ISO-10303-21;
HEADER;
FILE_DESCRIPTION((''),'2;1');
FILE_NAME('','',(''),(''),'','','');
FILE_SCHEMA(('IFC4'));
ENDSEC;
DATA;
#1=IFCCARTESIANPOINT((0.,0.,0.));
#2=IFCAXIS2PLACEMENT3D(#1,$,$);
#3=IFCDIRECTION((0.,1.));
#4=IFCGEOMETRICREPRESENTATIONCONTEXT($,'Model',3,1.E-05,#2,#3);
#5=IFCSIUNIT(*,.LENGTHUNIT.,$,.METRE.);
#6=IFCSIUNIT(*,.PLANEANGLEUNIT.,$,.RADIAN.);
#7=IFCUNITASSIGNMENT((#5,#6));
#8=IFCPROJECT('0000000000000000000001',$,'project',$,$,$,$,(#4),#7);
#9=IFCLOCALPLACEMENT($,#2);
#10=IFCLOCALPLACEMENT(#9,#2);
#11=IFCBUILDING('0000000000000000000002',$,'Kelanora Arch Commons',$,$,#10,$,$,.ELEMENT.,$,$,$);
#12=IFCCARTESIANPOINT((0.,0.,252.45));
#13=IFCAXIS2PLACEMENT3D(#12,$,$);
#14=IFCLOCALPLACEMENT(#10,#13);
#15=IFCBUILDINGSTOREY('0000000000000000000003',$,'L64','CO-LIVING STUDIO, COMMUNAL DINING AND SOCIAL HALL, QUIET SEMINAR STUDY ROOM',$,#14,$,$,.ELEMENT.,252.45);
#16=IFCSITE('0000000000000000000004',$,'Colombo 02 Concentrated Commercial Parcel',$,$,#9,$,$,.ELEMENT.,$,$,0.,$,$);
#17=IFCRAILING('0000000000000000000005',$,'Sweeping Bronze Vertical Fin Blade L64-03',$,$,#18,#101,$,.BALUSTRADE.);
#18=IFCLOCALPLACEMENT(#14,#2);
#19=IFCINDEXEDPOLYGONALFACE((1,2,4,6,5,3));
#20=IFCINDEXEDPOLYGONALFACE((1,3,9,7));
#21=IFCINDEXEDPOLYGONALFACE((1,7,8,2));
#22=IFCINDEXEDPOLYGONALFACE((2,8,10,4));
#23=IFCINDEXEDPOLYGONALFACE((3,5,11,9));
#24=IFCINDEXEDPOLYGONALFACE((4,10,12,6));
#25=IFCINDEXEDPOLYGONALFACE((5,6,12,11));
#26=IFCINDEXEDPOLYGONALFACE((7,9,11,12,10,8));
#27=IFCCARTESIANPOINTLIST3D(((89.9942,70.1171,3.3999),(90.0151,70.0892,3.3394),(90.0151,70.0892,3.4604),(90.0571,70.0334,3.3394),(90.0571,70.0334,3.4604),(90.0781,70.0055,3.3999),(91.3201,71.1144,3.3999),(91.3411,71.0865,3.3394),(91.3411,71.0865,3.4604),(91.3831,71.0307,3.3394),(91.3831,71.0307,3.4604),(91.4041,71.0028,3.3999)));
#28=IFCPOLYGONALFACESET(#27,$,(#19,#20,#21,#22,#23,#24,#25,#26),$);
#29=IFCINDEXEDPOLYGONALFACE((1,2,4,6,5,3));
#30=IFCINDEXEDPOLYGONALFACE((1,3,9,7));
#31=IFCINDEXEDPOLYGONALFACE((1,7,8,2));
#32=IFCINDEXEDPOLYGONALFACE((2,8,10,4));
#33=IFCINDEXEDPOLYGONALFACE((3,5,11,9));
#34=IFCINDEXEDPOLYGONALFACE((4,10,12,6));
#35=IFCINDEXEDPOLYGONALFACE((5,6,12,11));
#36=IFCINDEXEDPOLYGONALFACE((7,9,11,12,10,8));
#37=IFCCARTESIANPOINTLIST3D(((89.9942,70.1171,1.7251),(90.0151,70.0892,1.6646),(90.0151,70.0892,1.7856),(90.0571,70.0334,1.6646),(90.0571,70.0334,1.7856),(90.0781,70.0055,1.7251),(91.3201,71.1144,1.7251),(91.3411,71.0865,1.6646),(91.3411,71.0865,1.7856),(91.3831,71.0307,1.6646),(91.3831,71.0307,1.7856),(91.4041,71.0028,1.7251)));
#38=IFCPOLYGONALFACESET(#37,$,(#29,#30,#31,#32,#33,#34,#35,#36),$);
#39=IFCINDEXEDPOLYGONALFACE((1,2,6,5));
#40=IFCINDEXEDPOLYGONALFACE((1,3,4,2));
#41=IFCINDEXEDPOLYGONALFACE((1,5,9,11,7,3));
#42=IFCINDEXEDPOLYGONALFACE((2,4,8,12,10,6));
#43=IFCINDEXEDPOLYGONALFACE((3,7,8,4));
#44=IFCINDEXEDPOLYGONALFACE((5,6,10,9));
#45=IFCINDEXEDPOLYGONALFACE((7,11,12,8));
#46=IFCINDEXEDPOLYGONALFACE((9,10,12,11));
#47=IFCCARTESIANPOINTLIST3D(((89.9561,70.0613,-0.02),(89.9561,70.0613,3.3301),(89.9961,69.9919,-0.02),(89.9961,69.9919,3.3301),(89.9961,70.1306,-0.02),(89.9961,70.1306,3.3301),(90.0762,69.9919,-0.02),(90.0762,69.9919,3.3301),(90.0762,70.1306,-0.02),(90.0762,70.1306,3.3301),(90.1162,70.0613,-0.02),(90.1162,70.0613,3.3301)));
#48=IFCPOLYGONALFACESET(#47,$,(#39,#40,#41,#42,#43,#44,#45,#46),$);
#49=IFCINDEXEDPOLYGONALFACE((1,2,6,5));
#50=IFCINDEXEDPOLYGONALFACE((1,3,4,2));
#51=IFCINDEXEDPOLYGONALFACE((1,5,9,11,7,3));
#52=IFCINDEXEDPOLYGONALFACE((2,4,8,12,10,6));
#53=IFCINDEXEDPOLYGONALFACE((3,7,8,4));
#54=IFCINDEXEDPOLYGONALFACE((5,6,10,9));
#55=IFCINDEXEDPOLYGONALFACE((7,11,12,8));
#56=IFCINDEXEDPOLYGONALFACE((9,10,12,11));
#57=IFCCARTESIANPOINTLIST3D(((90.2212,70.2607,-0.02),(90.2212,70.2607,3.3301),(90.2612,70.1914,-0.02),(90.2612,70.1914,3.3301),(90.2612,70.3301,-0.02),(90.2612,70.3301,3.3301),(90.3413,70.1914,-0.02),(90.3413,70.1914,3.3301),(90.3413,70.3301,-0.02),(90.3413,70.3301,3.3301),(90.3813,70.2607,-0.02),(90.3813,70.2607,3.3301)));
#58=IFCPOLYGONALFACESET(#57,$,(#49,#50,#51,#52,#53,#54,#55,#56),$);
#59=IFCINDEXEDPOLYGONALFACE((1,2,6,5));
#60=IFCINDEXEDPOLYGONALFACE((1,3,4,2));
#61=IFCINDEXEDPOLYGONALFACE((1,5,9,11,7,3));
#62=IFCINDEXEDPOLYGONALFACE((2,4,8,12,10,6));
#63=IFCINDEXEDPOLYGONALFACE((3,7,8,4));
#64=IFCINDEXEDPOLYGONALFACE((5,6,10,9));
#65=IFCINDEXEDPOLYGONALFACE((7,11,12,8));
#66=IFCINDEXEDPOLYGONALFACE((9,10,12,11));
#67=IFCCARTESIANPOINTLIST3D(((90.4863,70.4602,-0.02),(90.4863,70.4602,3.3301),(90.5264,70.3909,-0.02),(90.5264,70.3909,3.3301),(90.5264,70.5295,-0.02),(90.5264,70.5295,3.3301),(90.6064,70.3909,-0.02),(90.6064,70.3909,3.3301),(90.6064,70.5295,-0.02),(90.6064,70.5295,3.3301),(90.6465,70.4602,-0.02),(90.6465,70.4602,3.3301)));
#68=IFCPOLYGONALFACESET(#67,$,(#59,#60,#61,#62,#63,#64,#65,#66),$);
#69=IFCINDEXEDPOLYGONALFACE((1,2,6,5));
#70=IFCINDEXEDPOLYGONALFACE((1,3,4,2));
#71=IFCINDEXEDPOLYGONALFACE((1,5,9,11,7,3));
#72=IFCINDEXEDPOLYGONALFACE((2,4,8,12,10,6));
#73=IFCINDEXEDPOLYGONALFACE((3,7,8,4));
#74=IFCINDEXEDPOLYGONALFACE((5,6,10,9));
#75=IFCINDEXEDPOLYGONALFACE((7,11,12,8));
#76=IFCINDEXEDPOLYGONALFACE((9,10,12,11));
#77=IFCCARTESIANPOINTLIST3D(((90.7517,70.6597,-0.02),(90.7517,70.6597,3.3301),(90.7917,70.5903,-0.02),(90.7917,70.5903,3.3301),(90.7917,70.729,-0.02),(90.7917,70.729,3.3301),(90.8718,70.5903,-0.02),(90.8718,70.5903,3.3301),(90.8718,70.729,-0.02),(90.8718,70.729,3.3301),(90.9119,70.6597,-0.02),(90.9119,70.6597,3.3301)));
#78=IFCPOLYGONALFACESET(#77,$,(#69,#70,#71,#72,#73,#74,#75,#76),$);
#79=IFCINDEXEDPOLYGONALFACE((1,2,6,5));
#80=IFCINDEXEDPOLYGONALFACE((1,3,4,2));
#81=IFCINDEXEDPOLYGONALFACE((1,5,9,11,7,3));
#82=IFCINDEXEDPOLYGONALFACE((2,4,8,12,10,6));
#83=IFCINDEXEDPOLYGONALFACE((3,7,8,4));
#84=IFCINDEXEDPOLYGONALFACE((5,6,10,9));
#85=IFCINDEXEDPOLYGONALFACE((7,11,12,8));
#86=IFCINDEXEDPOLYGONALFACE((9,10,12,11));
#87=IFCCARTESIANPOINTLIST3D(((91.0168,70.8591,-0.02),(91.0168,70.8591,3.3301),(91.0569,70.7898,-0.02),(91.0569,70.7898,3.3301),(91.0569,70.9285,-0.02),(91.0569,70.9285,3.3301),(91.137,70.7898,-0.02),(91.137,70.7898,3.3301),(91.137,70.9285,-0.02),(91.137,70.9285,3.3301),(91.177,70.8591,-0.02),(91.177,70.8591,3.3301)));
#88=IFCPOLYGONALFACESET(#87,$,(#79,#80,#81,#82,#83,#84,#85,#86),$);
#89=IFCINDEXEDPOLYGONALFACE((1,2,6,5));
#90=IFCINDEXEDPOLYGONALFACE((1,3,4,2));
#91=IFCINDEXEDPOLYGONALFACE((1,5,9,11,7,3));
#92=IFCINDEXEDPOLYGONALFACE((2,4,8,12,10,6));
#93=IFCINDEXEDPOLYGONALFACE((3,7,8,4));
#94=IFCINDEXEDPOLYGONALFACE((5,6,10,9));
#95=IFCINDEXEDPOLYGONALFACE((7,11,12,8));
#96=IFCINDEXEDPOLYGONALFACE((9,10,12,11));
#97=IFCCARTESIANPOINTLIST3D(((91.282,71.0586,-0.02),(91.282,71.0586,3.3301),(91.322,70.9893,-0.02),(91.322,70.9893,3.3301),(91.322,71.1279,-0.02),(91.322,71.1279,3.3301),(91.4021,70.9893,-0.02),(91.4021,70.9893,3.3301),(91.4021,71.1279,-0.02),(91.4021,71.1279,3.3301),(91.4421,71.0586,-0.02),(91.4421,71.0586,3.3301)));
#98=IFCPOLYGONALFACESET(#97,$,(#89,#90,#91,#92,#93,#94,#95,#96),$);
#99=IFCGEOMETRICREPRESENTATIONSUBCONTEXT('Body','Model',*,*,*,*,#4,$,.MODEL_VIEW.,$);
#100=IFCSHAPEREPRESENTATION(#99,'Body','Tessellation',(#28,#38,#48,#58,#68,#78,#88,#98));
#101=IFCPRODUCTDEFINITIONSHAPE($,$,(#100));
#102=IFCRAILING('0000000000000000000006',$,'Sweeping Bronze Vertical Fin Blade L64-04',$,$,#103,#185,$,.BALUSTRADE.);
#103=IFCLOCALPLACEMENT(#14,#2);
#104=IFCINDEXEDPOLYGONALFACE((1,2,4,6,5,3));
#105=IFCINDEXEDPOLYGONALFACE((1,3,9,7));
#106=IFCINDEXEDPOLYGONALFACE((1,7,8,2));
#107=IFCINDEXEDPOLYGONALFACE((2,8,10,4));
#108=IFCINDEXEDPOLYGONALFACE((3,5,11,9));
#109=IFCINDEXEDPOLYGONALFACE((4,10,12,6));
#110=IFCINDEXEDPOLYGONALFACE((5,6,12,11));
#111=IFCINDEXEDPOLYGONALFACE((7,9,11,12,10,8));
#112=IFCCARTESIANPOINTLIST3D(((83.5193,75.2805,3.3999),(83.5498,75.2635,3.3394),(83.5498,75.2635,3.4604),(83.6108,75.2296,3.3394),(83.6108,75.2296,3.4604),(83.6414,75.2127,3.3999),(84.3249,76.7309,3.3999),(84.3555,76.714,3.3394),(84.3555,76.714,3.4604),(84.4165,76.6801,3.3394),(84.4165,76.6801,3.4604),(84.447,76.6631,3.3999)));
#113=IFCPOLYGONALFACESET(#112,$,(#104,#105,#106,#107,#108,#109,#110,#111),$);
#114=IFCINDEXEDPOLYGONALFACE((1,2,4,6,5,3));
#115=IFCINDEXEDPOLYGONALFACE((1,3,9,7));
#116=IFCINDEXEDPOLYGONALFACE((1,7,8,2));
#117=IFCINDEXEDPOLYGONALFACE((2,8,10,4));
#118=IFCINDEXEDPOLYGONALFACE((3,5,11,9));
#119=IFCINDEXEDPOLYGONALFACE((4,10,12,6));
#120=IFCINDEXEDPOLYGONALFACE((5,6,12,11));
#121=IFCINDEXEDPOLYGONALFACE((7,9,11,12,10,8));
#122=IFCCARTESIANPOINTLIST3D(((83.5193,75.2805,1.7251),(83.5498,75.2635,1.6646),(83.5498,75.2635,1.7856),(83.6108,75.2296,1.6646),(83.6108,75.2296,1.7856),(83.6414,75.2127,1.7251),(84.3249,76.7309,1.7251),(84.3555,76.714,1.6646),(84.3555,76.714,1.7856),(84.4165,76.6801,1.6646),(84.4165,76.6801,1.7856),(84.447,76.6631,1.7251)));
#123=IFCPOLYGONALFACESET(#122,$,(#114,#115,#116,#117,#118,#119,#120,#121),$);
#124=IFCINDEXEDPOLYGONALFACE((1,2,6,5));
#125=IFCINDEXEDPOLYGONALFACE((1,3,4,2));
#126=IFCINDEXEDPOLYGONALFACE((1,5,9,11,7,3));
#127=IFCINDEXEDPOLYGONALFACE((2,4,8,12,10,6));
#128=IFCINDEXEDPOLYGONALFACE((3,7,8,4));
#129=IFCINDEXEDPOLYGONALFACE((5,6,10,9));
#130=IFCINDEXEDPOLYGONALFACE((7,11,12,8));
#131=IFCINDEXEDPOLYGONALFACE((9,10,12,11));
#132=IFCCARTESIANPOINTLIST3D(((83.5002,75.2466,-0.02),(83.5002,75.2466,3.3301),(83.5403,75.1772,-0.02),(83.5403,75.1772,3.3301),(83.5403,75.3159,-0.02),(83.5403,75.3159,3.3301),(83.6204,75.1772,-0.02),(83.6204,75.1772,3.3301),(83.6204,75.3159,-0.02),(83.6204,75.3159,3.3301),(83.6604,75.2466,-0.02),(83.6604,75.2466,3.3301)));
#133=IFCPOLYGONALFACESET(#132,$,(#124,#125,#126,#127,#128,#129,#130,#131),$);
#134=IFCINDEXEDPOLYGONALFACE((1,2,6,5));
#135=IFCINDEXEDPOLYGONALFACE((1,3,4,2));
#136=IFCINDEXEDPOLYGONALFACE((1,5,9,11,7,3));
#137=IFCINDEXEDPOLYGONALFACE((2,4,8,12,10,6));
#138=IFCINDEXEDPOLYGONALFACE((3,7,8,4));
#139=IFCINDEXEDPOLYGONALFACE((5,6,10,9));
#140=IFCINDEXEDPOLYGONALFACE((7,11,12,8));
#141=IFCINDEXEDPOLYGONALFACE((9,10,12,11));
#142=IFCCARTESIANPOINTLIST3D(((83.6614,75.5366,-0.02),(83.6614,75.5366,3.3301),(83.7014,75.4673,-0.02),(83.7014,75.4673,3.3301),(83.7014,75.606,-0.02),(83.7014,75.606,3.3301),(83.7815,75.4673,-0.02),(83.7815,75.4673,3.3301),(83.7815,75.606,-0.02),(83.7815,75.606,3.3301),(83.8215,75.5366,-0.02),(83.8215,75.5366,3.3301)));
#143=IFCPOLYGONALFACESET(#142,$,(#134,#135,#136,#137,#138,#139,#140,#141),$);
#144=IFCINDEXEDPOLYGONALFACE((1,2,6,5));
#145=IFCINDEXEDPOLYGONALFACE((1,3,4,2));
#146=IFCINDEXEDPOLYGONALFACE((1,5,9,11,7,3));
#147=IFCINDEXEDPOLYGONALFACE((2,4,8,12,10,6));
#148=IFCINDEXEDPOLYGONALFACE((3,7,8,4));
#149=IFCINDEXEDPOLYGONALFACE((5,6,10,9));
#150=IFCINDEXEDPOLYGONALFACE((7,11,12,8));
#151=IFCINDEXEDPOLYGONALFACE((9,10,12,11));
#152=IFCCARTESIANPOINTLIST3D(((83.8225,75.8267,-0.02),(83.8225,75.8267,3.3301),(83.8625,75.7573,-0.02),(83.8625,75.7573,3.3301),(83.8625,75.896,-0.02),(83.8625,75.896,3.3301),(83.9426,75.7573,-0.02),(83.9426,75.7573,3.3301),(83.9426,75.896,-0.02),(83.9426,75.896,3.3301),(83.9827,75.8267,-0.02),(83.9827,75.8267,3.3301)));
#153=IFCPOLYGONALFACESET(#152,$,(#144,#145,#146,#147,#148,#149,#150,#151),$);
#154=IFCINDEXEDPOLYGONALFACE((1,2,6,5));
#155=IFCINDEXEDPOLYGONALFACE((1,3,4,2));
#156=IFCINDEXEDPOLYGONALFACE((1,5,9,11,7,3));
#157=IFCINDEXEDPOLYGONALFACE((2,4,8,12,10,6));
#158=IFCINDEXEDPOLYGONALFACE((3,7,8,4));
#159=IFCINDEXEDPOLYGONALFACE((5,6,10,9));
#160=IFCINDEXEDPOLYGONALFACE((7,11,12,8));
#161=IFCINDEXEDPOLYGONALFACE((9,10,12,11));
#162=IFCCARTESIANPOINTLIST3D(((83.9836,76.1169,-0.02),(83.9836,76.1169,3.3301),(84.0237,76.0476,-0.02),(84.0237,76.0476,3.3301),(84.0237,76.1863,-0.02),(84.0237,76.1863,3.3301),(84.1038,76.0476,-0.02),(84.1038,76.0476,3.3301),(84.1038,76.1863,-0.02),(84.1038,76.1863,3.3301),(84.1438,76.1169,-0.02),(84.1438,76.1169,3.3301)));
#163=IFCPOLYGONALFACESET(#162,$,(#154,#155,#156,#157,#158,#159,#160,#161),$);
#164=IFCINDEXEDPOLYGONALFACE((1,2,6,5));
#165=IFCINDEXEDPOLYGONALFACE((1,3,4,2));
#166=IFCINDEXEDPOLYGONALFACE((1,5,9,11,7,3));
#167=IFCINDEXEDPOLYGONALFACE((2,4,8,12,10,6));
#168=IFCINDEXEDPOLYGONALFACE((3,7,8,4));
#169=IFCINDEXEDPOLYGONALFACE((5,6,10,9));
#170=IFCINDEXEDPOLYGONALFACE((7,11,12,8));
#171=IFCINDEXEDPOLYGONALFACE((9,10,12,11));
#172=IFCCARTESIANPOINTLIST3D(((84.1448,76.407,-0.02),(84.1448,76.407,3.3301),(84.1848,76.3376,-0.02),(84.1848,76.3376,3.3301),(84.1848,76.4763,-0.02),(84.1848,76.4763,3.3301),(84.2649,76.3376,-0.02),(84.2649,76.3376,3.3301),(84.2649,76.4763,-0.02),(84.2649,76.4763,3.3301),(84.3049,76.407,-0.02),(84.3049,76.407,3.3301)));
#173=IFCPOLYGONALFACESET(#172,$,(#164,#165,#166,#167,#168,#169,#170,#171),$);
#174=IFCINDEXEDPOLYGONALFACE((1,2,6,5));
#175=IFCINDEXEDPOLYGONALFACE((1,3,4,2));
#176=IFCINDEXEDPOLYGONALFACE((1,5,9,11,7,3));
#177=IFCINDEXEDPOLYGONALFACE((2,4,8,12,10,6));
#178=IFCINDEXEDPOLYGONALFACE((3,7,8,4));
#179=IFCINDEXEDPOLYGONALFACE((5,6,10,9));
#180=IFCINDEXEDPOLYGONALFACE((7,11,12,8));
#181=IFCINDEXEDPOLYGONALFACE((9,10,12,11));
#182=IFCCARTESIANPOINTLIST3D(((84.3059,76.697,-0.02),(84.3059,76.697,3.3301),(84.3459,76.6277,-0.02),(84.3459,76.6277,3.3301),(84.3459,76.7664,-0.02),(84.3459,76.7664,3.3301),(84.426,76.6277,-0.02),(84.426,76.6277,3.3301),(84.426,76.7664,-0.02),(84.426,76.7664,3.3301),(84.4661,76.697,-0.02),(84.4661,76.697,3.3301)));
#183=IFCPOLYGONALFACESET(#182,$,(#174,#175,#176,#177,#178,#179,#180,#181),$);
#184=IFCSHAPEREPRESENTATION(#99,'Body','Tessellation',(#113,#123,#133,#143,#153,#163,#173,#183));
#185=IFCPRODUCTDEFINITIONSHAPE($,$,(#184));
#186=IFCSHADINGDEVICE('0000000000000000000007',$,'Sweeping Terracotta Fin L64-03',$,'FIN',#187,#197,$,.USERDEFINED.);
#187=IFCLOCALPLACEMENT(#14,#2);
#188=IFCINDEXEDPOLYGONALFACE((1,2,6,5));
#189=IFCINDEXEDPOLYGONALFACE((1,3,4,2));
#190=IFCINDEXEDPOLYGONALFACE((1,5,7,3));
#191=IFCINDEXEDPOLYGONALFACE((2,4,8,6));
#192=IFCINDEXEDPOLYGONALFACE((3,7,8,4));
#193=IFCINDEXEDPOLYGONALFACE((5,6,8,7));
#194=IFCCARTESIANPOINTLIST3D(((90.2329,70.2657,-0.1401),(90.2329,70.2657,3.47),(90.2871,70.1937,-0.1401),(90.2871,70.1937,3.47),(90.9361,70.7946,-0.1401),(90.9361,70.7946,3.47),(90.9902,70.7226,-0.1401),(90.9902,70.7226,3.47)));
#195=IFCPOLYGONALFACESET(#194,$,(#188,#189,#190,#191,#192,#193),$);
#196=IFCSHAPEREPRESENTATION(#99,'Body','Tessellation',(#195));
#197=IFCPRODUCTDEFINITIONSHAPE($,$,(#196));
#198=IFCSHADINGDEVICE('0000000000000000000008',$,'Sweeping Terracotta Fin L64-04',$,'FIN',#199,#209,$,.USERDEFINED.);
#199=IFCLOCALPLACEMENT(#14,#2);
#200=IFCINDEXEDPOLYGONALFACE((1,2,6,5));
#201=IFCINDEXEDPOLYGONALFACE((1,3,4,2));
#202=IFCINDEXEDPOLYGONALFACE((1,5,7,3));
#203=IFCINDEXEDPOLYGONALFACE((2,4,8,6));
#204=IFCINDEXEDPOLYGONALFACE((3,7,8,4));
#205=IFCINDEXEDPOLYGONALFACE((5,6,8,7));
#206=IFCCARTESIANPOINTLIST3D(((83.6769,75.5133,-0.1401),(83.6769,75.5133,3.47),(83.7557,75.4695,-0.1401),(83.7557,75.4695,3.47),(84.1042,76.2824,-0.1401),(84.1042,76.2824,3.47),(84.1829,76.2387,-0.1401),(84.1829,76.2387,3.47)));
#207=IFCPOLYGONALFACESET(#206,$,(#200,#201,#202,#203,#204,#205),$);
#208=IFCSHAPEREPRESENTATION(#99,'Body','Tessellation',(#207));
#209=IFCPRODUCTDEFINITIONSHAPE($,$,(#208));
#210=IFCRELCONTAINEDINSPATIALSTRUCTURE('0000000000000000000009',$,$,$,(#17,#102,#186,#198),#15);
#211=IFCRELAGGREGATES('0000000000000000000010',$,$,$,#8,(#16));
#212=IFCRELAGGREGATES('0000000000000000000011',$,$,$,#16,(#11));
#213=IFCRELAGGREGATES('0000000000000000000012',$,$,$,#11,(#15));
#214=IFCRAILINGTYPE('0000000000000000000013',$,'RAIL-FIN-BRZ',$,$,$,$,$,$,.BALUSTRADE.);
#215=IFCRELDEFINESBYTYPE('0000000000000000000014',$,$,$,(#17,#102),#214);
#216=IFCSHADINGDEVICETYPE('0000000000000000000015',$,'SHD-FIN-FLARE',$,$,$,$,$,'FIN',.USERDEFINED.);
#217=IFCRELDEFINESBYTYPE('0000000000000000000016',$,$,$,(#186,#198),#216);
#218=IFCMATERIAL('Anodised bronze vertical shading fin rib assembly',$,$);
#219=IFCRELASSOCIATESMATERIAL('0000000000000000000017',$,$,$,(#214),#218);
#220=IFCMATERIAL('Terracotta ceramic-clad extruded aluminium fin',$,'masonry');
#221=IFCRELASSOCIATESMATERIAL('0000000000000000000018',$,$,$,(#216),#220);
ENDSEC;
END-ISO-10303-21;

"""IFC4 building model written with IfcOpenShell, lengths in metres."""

from ifc_helpers import new_model, si_unit, direction, frame, origin, origin_2d, place, context, subcontext, project, spatial, polyline, rectangle, outline, extrude, source, transform, mapped, material, type_object, element, save


model = new_model("IFC4")

# Units and contexts
model_context = context("Model", 3, precision=1e-05, world=origin(), true_north=direction((0.0, 1.0)))
body_context = subcontext(model_context, "Body", "Model", "MODEL_VIEW")
ifc_project = project(units=[si_unit("LENGTHUNIT", "METRE"), si_unit("PLANEANGLEUNIT", "RADIAN")], contexts=[model_context])

# Site, building, storey
site_placement = place(None, origin())
site = spatial("IfcSite", under=ifc_project, at=site_placement, Name="Colombo 02 Concentrated Commercial Parcel", CompositionType="ELEMENT", RefElevation=0.0)
building_placement = place(site_placement, origin())
building = spatial("IfcBuilding", under=site, at=building_placement, Name="Kelanora Arch Commons", CompositionType="ELEMENT")
storey_placement = place(building_placement, frame((0.0, 0.0, 252.45)))
storey = spatial("IfcBuildingStorey", under=building, at=storey_placement, Name="L64", Description="CO-LIVING STUDIO, COMMUNAL DINING AND SOCIAL HALL, QUIET SEMINAR STUDY ROOM", CompositionType="ELEMENT", Elevation=252.45)

# Railings
ifc_material_1 = material(Name="Anodised bronze vertical shading fin rib assembly")
railing_type = type_object("IfcRailingType", Name="RAIL-FIN-BRZ", PredefinedType="BALUSTRADE", material=ifc_material_1)
railing_1_placement = place(storey_placement, frame((90.0361, 70.0613, -0.02)))
element("IfcRailing", 1, at=railing_1_placement, inside=storey, type_object=railing_type, Name="Sweeping Bronze Vertical Fin Blade L64-03", PredefinedType="BALUSTRADE", context=body_context, shape_type="SweptSolid", body=[
    extrude(outline(polyline([(0.0698, 0.0), (0.0349, 0.0605), (-0.0349, 0.0605), (-0.0698, 0.0), (-0.0349, -0.0605), (0.0349, -0.0605), (0.0698, 0.0)])), frame((0.0, 0.0, 3.4199), z_axis=(0.799169, 0.601106, 0.0), x_axis=(-0.601106, 0.799169, 0.0)), (0.0, 0.0, 1.0), 1.6592),
    extrude(outline(polyline([(0.0698, 0.0), (0.0349, 0.0605), (-0.0349, 0.0605), (-0.0698, 0.0), (-0.0349, -0.0605), (0.0349, -0.0605), (0.0698, 0.0)])), frame((0.0, 0.0, 1.7451), z_axis=(0.799169, 0.601106, 0.0), x_axis=(-0.601106, 0.799169, 0.0)), (0.0, 0.0, 1.0), 1.6592),
    extrude(outline(polyline([(0.0801, 0.0), (0.04, 0.0693), (-0.04, 0.0693), (-0.0801, 0.0), (-0.04, -0.0693), (0.04, -0.0693), (0.0801, 0.0)])), origin(), (0.0, 0.0, 1.0), 3.3501),
    extrude(outline(polyline([(0.0801, 0.0), (0.04, 0.0693), (-0.04, 0.0693), (-0.0801, 0.0), (-0.04, -0.0693), (0.04, -0.0693), (0.0801, 0.0)])), frame((0.2651, 0.1995, 0.0)), (0.0, 0.0, 1.0), 3.3501),
    extrude(outline(polyline([(0.0801, 0.0), (0.04, 0.0693), (-0.04, 0.0693), (-0.0801, 0.0), (-0.04, -0.0693), (0.04, -0.0693), (0.0801, 0.0)])), frame((0.5303, 0.3989, 0.0)), (0.0, 0.0, 1.0), 3.3501),
    extrude(outline(polyline([(0.0801, 0.0), (0.04, 0.0693), (-0.04, 0.0693), (-0.0801, 0.0), (-0.04, -0.0693), (0.04, -0.0693), (0.0801, 0.0)])), frame((0.7957, 0.5984, 0.0)), (0.0, 0.0, 1.0), 3.3501),
    extrude(outline(polyline([(0.0801, 0.0), (0.04, 0.0693), (-0.04, 0.0693), (-0.0801, 0.0), (-0.04, -0.0693), (0.04, -0.0693), (0.0801, 0.0)])), frame((1.0608, 0.7979, 0.0)), (0.0, 0.0, 1.0), 3.3501),
    extrude(outline(polyline([(0.0801, 0.0), (0.04, 0.0693), (-0.04, 0.0693), (-0.0801, 0.0), (-0.04, -0.0693), (0.04, -0.0693), (0.0801, 0.0)])), frame((1.3259, 0.9973, 0.0)), (0.0, 0.0, 1.0), 3.3501),
])
railing_2_placement = place(storey_placement, frame((83.5803, 75.2466, -0.02)))
element("IfcRailing", 2, at=railing_2_placement, inside=storey, type_object=railing_type, Name="Sweeping Bronze Vertical Fin Blade L64-04", PredefinedType="BALUSTRADE", context=body_context, shape_type="SweptSolid", body=[
    extrude(outline(polyline([(0.0698, 0.0), (0.0349, 0.0605), (-0.0349, 0.0605), (-0.0698, 0.0), (-0.0349, -0.0605), (0.0349, -0.0605), (0.0698, 0.0)])), frame((0.0, 0.0, 3.4199), z_axis=(0.48558, 0.874192, 0.0), x_axis=(-0.874192, 0.48558, 0.0)), (0.0, 0.0, 1.0), 1.6592),
    extrude(outline(polyline([(0.0698, 0.0), (0.0349, 0.0605), (-0.0349, 0.0605), (-0.0698, 0.0), (-0.0349, -0.0605), (0.0349, -0.0605), (0.0698, 0.0)])), frame((0.0, 0.0, 1.7451), z_axis=(0.48558, 0.874192, 0.0), x_axis=(-0.874192, 0.48558, 0.0)), (0.0, 0.0, 1.0), 1.6592),
    extrude(outline(polyline([(0.0801, 0.0), (0.04, 0.0693), (-0.04, 0.0693), (-0.0801, 0.0), (-0.04, -0.0693), (0.04, -0.0693), (0.0801, 0.0)])), origin(), (0.0, 0.0, 1.0), 3.3501),
    extrude(outline(polyline([(0.0801, 0.0), (0.04, 0.0693), (-0.04, 0.0693), (-0.0801, 0.0), (-0.04, -0.0693), (0.04, -0.0693), (0.0801, 0.0)])), frame((0.1611, 0.29, 0.0)), (0.0, 0.0, 1.0), 3.3501),
    extrude(outline(polyline([(0.0801, 0.0), (0.04, 0.0693), (-0.04, 0.0693), (-0.0801, 0.0), (-0.04, -0.0693), (0.04, -0.0693), (0.0801, 0.0)])), frame((0.3223, 0.5801, 0.0)), (0.0, 0.0, 1.0), 3.3501),
    extrude(outline(polyline([(0.0801, 0.0), (0.04, 0.0693), (-0.04, 0.0693), (-0.0801, 0.0), (-0.04, -0.0693), (0.04, -0.0693), (0.0801, 0.0)])), frame((0.4834, 0.8704, 0.0)), (0.0, 0.0, 1.0), 3.3501),
    extrude(outline(polyline([(0.0801, 0.0), (0.04, 0.0693), (-0.04, 0.0693), (-0.0801, 0.0), (-0.04, -0.0693), (0.04, -0.0693), (0.0801, 0.0)])), frame((0.6445, 1.1604, 0.0)), (0.0, 0.0, 1.0), 3.3501),
    extrude(outline(polyline([(0.0801, 0.0), (0.04, 0.0693), (-0.04, 0.0693), (-0.0801, 0.0), (-0.04, -0.0693), (0.04, -0.0693), (0.0801, 0.0)])), frame((0.8057, 1.4504, 0.0)), (0.0, 0.0, 1.0), 3.3501),
])

# Shading devices
ifc_material_2 = material(Name="Terracotta ceramic-clad extruded aluminium fin", Category="masonry")
shading_device_type = type_object("IfcShadingDeviceType", Name="SHD-FIN-FLARE", ElementType="FIN", PredefinedType="USERDEFINED", material=ifc_material_2)
shared_shape_1 = source(origin(), body_context, "Body", "SweptSolid", [
    extrude(rectangle(XDim=0.8799, YDim=0.0901, at=origin_2d()), origin(), (0.0, 0.0, 1.0), 3.6101),
])
for number, where, z_axis, x_axis, name in (
    (3, (90.6116, 70.4941, -0.1401), (0.0, 0.0, 1.0), (0.79916, 0.601118, 0.0), "Sweeping Terracotta Fin L64-03"),
    (4, (83.9299, 75.876, -0.1401), (0.0, 0.0, 1.0), (0.485573, 0.874196, 0.0), "Sweeping Terracotta Fin L64-04"),
):
    element("IfcShadingDevice", number, at=place(storey_placement, frame(where, z_axis=z_axis, x_axis=x_axis)), inside=storey, type_object=shading_device_type, Name=name, ObjectType="FIN", PredefinedType="USERDEFINED", context=body_context, shape_type="MappedRepresentation", body=[
        mapped(shared_shape_1, transform((0.0, 0.0, 0.0), scale=1.0)),
    ])

save(model, "model.ifc")
